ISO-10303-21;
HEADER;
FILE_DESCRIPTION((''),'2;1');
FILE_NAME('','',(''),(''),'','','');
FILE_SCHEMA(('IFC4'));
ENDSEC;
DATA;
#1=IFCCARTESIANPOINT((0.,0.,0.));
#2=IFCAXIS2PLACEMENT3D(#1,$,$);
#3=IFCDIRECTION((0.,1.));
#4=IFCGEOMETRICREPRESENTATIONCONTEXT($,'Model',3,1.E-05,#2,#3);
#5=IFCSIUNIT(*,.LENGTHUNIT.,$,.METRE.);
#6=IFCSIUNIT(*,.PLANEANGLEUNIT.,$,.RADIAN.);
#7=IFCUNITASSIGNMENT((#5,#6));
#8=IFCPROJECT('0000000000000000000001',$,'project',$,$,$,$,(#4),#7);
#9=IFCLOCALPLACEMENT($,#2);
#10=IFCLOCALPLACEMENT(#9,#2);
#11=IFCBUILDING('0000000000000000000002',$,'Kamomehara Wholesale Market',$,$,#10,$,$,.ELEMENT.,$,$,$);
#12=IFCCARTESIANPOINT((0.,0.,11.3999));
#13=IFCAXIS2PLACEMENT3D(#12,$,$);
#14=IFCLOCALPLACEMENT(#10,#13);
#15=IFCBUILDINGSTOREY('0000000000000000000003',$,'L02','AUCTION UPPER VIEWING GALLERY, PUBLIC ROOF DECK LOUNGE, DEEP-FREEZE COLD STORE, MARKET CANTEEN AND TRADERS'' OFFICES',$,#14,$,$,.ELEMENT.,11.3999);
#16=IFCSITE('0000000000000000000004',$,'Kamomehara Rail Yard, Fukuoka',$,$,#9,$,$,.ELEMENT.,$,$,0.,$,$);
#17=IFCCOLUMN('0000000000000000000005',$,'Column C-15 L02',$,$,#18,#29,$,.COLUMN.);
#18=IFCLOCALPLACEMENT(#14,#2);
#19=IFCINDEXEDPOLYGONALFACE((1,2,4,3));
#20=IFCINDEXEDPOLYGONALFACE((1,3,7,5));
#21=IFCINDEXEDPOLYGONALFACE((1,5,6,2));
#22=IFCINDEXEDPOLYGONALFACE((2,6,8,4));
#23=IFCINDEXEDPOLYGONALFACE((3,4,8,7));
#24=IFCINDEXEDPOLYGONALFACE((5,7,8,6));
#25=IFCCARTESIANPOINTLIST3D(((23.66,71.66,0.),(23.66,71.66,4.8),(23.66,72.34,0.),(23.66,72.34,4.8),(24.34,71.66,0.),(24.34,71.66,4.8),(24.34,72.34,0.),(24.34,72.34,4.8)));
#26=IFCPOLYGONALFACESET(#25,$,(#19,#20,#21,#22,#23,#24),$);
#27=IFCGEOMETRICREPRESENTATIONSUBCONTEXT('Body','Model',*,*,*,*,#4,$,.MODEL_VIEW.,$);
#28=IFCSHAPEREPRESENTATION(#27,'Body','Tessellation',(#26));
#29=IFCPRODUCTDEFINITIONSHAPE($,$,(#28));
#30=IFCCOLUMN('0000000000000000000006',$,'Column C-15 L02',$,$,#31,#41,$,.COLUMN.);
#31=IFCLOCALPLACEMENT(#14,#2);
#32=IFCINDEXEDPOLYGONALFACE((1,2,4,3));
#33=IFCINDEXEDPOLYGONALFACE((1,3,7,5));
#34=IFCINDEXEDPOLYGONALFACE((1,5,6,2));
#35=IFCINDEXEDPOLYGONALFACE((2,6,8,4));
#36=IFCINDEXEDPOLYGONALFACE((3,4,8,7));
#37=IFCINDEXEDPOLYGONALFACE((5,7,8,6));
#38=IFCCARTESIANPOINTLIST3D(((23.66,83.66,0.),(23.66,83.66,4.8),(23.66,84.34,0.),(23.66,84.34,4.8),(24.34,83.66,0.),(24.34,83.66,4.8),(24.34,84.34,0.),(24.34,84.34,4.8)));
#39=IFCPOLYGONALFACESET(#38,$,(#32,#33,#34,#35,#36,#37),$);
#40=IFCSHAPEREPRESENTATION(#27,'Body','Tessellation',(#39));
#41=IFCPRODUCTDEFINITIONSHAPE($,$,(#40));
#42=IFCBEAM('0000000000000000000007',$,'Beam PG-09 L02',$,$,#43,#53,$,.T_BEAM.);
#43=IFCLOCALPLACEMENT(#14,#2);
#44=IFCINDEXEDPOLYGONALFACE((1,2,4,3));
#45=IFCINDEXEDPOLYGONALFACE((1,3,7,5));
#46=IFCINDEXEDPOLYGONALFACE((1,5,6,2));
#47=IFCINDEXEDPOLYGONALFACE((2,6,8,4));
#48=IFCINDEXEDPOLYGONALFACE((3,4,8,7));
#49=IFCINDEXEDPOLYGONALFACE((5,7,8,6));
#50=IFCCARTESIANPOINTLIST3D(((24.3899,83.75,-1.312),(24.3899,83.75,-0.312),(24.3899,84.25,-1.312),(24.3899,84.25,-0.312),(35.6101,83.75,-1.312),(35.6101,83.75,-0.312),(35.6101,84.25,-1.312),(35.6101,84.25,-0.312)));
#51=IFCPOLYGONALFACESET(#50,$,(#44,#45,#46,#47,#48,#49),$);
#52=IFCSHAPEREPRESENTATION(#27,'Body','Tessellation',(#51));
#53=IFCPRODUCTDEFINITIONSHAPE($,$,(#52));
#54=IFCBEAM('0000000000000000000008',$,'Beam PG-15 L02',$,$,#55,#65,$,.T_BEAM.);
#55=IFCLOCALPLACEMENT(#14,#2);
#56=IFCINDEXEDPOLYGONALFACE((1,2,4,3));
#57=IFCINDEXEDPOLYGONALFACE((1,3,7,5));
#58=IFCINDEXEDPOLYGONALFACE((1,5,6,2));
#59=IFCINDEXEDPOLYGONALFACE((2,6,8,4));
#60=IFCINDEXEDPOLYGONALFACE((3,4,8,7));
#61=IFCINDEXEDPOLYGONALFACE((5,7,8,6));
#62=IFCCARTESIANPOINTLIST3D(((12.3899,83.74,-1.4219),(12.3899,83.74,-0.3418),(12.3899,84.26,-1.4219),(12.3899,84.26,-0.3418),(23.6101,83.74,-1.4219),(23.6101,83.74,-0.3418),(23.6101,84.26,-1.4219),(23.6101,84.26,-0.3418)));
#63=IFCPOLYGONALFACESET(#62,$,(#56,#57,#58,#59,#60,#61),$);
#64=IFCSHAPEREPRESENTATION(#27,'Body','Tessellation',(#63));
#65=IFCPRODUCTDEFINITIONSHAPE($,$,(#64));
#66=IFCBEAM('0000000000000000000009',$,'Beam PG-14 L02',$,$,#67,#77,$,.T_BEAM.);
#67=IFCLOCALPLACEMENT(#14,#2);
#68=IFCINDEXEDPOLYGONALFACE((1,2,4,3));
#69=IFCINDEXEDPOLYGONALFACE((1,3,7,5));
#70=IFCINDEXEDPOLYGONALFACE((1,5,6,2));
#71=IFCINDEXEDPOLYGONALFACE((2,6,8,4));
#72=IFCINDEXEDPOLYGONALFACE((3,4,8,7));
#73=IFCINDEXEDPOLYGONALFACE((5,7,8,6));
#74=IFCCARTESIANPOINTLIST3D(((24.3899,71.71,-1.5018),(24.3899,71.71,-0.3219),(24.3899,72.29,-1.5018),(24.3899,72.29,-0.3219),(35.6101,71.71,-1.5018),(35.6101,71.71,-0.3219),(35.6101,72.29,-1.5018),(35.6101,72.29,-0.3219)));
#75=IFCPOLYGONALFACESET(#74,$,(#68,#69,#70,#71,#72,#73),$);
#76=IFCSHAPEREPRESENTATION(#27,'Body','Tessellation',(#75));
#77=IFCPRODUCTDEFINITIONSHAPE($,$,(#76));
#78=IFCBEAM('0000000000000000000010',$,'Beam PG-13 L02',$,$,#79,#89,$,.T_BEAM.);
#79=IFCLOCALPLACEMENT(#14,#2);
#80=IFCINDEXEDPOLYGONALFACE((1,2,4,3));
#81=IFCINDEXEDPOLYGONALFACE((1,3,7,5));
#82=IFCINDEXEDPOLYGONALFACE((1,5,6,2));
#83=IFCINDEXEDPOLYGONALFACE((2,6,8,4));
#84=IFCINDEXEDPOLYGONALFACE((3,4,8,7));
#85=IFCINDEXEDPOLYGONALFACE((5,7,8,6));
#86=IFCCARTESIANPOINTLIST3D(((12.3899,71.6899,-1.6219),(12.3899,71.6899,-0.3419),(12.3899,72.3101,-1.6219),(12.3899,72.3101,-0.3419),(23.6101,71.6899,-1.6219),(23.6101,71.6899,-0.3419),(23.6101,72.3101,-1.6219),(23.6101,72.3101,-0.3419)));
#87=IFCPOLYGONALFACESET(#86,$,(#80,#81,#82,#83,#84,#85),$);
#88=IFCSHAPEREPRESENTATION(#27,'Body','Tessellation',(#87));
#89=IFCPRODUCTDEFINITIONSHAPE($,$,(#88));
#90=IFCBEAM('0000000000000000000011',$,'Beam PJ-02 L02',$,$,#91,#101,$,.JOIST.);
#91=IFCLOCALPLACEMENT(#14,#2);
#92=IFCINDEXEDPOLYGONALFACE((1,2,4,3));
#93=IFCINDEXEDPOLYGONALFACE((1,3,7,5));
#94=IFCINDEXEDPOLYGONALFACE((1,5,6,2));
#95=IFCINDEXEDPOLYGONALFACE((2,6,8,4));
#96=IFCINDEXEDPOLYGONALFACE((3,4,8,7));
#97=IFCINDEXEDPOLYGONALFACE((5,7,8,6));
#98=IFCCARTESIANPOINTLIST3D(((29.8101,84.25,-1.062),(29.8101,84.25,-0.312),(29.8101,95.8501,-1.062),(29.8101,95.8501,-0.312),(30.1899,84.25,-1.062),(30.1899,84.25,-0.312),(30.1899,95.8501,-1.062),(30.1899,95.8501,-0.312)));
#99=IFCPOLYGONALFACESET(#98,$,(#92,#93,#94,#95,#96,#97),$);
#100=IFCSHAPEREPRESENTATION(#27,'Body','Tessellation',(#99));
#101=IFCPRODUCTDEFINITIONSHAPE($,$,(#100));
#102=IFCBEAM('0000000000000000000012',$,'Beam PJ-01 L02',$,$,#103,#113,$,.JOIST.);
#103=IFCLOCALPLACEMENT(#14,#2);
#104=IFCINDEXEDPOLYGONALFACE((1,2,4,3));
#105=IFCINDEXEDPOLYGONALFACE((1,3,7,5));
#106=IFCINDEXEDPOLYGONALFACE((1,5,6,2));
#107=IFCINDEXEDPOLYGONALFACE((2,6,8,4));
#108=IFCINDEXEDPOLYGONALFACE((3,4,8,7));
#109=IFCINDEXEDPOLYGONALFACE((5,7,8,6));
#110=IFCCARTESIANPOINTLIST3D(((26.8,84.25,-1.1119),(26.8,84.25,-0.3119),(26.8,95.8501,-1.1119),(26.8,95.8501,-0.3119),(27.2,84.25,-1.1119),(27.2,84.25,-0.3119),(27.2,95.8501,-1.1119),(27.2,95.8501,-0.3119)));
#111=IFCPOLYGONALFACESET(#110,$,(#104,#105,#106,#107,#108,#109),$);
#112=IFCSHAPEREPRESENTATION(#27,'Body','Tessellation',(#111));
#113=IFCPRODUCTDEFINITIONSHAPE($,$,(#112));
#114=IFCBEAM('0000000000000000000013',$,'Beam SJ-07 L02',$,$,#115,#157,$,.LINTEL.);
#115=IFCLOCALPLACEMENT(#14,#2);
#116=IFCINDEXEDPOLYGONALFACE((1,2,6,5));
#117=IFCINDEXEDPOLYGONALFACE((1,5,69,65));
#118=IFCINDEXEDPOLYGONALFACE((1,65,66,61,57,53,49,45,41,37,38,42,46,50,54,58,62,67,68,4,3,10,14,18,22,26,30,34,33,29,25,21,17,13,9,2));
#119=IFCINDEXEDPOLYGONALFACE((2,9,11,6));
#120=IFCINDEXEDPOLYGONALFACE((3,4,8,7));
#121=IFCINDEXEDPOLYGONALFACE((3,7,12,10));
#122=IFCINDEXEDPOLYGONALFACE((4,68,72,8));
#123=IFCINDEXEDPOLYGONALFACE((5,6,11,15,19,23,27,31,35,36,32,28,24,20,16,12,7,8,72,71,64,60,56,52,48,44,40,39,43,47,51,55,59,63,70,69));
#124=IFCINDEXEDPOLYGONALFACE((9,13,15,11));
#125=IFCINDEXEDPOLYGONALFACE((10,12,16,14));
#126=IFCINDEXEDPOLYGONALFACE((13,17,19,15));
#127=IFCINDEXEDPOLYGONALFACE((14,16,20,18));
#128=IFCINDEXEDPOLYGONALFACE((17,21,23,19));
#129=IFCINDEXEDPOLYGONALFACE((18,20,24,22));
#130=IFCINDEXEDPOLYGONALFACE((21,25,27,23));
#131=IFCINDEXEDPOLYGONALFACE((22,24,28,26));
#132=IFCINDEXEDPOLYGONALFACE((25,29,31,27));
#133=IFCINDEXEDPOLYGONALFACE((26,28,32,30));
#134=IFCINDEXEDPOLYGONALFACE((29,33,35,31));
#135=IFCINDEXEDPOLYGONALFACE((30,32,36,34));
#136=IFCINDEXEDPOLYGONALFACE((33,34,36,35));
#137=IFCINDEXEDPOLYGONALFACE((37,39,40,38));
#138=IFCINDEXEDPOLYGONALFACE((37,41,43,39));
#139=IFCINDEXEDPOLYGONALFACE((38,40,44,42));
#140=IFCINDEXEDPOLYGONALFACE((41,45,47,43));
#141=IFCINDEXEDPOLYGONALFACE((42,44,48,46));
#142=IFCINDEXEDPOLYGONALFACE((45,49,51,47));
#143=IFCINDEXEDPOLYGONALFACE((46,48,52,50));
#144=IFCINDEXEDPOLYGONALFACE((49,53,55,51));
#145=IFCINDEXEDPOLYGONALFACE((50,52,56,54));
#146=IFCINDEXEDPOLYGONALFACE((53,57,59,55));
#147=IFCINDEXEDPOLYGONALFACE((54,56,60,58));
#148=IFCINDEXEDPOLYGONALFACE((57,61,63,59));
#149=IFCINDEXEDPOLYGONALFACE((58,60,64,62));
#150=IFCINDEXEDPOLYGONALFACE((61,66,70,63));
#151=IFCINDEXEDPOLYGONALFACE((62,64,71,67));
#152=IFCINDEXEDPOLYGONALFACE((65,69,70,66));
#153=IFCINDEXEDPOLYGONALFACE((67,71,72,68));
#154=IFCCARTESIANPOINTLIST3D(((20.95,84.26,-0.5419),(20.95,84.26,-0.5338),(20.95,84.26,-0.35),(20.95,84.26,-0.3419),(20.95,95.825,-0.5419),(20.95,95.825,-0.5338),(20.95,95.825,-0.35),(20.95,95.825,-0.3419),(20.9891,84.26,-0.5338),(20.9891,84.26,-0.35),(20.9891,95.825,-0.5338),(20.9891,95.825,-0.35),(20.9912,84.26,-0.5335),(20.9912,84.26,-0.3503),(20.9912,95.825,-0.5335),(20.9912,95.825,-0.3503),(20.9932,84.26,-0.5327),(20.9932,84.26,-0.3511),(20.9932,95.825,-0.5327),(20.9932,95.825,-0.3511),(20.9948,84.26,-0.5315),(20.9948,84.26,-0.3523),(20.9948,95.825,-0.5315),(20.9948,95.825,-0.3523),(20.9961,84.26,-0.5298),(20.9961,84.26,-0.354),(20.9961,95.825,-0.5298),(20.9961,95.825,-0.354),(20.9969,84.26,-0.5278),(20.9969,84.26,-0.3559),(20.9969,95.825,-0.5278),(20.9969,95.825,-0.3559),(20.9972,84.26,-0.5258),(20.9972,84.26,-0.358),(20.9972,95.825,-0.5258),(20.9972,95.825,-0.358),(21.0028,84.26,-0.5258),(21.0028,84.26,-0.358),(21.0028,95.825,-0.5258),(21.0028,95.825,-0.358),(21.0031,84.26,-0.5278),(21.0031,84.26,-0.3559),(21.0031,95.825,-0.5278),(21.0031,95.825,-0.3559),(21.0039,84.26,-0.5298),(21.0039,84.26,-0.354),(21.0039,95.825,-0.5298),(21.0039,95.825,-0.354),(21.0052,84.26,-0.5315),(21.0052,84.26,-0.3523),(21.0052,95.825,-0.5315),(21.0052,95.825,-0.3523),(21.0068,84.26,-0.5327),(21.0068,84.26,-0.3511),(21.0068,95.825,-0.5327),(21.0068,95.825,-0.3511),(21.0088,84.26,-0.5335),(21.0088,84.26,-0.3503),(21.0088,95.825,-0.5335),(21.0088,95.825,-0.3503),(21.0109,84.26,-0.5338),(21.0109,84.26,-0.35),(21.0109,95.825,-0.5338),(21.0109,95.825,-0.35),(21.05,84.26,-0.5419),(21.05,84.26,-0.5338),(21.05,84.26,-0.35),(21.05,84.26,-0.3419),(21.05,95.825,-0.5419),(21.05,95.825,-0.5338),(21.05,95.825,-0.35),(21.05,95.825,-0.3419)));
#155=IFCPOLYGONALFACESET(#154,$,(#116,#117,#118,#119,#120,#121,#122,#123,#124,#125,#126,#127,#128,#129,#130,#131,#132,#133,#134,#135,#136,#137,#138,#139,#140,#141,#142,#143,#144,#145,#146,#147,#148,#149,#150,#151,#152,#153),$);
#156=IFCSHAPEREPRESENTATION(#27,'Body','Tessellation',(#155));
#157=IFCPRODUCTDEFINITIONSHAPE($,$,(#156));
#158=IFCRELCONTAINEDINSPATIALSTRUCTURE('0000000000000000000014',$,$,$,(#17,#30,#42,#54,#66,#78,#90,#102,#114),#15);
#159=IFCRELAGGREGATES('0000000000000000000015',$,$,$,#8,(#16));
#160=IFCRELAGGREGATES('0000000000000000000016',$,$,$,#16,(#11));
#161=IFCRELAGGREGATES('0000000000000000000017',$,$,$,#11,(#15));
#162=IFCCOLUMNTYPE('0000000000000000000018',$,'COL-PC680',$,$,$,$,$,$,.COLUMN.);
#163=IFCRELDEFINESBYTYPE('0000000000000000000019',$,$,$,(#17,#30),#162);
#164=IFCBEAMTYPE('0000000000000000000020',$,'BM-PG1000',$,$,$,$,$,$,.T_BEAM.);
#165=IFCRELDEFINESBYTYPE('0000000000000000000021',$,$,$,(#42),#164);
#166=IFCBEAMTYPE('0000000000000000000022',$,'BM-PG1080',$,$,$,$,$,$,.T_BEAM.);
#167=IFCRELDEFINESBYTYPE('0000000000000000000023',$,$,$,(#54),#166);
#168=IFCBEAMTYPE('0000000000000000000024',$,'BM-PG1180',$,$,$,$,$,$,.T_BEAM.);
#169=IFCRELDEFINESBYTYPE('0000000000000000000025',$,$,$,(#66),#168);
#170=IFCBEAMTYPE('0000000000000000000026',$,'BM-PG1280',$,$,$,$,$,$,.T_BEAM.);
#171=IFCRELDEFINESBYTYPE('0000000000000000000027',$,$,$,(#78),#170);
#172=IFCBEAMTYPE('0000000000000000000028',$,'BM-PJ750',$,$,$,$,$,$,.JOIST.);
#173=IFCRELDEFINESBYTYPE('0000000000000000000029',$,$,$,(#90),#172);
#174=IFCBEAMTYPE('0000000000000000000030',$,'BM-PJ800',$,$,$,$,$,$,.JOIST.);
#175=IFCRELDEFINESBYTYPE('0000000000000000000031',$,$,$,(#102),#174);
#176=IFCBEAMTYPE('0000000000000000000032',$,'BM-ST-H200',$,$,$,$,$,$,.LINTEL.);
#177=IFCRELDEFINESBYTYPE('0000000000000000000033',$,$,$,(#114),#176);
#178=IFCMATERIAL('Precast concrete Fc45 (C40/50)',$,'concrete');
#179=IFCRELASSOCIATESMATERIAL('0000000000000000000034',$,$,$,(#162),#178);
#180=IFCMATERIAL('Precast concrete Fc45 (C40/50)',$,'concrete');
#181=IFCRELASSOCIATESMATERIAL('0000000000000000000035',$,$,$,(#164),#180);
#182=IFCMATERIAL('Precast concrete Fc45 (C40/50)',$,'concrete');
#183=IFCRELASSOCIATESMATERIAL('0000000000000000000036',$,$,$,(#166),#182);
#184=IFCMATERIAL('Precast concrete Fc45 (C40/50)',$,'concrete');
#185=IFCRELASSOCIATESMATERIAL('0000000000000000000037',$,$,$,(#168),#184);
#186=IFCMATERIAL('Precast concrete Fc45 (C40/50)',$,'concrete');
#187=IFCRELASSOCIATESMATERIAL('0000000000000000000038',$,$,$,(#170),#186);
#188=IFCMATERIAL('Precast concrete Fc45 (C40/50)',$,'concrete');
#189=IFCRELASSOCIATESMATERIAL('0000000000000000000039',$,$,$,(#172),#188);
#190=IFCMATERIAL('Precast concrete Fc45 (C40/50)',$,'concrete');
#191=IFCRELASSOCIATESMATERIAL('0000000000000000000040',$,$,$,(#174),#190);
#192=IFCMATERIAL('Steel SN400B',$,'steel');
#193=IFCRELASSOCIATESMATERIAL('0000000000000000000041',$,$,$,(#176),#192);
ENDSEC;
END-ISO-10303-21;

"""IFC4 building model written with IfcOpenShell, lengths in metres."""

from ifc_helpers import new_model, si_unit, direction, frame, origin, origin_2d, place, context, subcontext, project, spatial, rectangle, i_section, extrude, material, material_profile, profile_set, type_object, element, save


model = new_model("IFC4")

# Units and contexts
model_context = context("Model", 3, precision=1e-05, world=origin(), true_north=direction((0.0, 1.0)))
body_context = subcontext(model_context, "Body", "Model", "MODEL_VIEW")
ifc_project = project(units=[si_unit("LENGTHUNIT", "METRE"), si_unit("PLANEANGLEUNIT", "RADIAN")], contexts=[model_context])

# Site, building, storey
site_placement = place(None, origin())
site = spatial("IfcSite", under=ifc_project, at=site_placement, Name="Kamomehara Rail Yard, Fukuoka", CompositionType="ELEMENT", RefElevation=0.0)
building_placement = place(site_placement, origin())
building = spatial("IfcBuilding", under=site, at=building_placement, Name="Kamomehara Wholesale Market", CompositionType="ELEMENT")
storey_placement = place(building_placement, frame((0.0, 0.0, 11.3999)))
storey = spatial("IfcBuildingStorey", under=building, at=storey_placement, Name="L02", Description="AUCTION UPPER VIEWING GALLERY, PUBLIC ROOF DECK LOUNGE, DEEP-FREEZE COLD STORE, MARKET CANTEEN AND TRADERS' OFFICES", CompositionType="ELEMENT", Elevation=11.3999)

# Columns
ifc_material_1 = material(Name="Precast concrete Fc45 (C40/50)", Category="concrete")
ifc_material_profile_1 = material_profile(ifc_material_1, rectangle(XDim=0.6799, YDim=0.6799, at=origin_2d()), Name="PC-COL-680x680")
ifc_profile_set_1 = profile_set([ifc_material_profile_1], Name="Precast concrete Fc45 (C40/50)")
column_type = type_object("IfcColumnType", Name="COL-PC680", PredefinedType="COLUMN", material=ifc_profile_set_1)
for number, where, z_axis, x_axis, name in (
    (1, (24.0, 72.0, 0.0), (0.0, 0.0, 1.0), (1.0, 0.0, 0.0), "Column C-15 L02"),
    (2, (24.0, 84.0, 0.0), (0.0, 0.0, 1.0), (1.0, 0.0, 0.0), "Column C-15 L02"),
):
    element("IfcColumn", number, at=place(storey_placement, frame(where, z_axis=z_axis, x_axis=x_axis)), inside=storey, type_object=column_type, Name=name, PredefinedType="COLUMN", context=body_context, shape_type="SweptSolid", body=[
        extrude(rectangle(XDim=0.6799, YDim=0.6799, at=origin_2d()), origin(), (0.0, 0.0, 1.0), 4.8),
    ])

# Beams
ifc_material_2 = material(Name="Precast concrete Fc45 (C40/50)", Category="concrete")
ifc_material_profile_2 = material_profile(ifc_material_2, rectangle(XDim=0.5, YDim=1.0, at=origin_2d()), Name="PC-GRD-500x1000")
ifc_profile_set_2 = profile_set([ifc_material_profile_2], Name="Precast concrete Fc45 (C40/50)")
beam_type_1 = type_object("IfcBeamType", Name="BM-PG1000", PredefinedType="T_BEAM", material=ifc_profile_set_2)
beam_1_placement = place(storey_placement, frame((24.3899, 84.0, -0.812), z_axis=(1.0, 0.0, 0.0), x_axis=(0.0, 1.0, 0.0)))
element("IfcBeam", 3, at=beam_1_placement, inside=storey, type_object=beam_type_1, Name="Beam PG-09 L02", PredefinedType="T_BEAM", context=body_context, shape_type="SweptSolid", body=[
    extrude(rectangle(XDim=0.5, YDim=1.0, at=origin_2d()), origin(), (0.0, 0.0, 1.0), 11.2202),
])
ifc_material_3 = material(Name="Precast concrete Fc45 (C40/50)", Category="concrete")
ifc_material_profile_3 = material_profile(ifc_material_3, rectangle(XDim=0.52, YDim=1.0801, at=origin_2d()), Name="PC-GRD-520x1080")
ifc_profile_set_3 = profile_set([ifc_material_profile_3], Name="Precast concrete Fc45 (C40/50)")
beam_type_2 = type_object("IfcBeamType", Name="BM-PG1080", PredefinedType="T_BEAM", material=ifc_profile_set_3)
beam_2_placement = place(storey_placement, frame((12.3899, 84.0, -0.8818), z_axis=(1.0, 0.0, 0.0), x_axis=(0.0, 1.0, 0.0)))
element("IfcBeam", 4, at=beam_2_placement, inside=storey, type_object=beam_type_2, Name="Beam PG-15 L02", PredefinedType="T_BEAM", context=body_context, shape_type="SweptSolid", body=[
    extrude(rectangle(XDim=0.52, YDim=1.0801, at=origin_2d()), origin(), (0.0, 0.0, 1.0), 11.2202),
])
ifc_material_4 = material(Name="Precast concrete Fc45 (C40/50)", Category="concrete")
ifc_material_profile_4 = material_profile(ifc_material_4, rectangle(XDim=0.5801, YDim=1.1799, at=origin_2d()), Name="PC-GRD-580x1180")
ifc_profile_set_4 = profile_set([ifc_material_profile_4], Name="Precast concrete Fc45 (C40/50)")
beam_type_3 = type_object("IfcBeamType", Name="BM-PG1180", PredefinedType="T_BEAM", material=ifc_profile_set_4)
beam_3_placement = place(storey_placement, frame((24.3899, 72.0, -0.9119), z_axis=(1.0, 0.0, 0.0), x_axis=(0.0, 1.0, 0.0)))
element("IfcBeam", 5, at=beam_3_placement, inside=storey, type_object=beam_type_3, Name="Beam PG-14 L02", PredefinedType="T_BEAM", context=body_context, shape_type="SweptSolid", body=[
    extrude(rectangle(XDim=0.5801, YDim=1.1799, at=origin_2d()), origin(), (0.0, 0.0, 1.0), 11.2202),
])
ifc_material_5 = material(Name="Precast concrete Fc45 (C40/50)", Category="concrete")
ifc_material_profile_5 = material_profile(ifc_material_5, rectangle(XDim=0.6201, YDim=1.28, at=origin_2d()), Name="PC-GRD-620x1280")
ifc_profile_set_5 = profile_set([ifc_material_profile_5], Name="Precast concrete Fc45 (C40/50)")
beam_type_4 = type_object("IfcBeamType", Name="BM-PG1280", PredefinedType="T_BEAM", material=ifc_profile_set_5)
beam_4_placement = place(storey_placement, frame((12.3899, 72.0, -0.9819), z_axis=(1.0, 0.0, 0.0), x_axis=(0.0, 1.0, 0.0)))
element("IfcBeam", 6, at=beam_4_placement, inside=storey, type_object=beam_type_4, Name="Beam PG-13 L02", PredefinedType="T_BEAM", context=body_context, shape_type="SweptSolid", body=[
    extrude(rectangle(XDim=0.6201, YDim=1.28, at=origin_2d()), origin(), (0.0, 0.0, 1.0), 11.2202),
])
ifc_material_6 = material(Name="Precast concrete Fc45 (C40/50)", Category="concrete")
ifc_material_profile_6 = material_profile(ifc_material_6, rectangle(XDim=0.3799, YDim=0.75, at=origin_2d()), Name="PC-JST-380x750")
ifc_profile_set_6 = profile_set([ifc_material_profile_6], Name="Precast concrete Fc45 (C40/50)")
beam_type_5 = type_object("IfcBeamType", Name="BM-PJ750", PredefinedType="JOIST", material=ifc_profile_set_6)
beam_5_placement = place(storey_placement, frame((30.0, 84.25, -0.687), z_axis=(0.0, 1.0, 0.0), x_axis=(-1.0, 0.0, 0.0)))
element("IfcBeam", 7, at=beam_5_placement, inside=storey, type_object=beam_type_5, Name="Beam PJ-02 L02", PredefinedType="JOIST", context=body_context, shape_type="SweptSolid", body=[
    extrude(rectangle(XDim=0.3799, YDim=0.75, at=origin_2d()), origin(), (0.0, 0.0, 1.0), 11.6001),
])
ifc_material_7 = material(Name="Precast concrete Fc45 (C40/50)", Category="concrete")
ifc_material_profile_7 = material_profile(ifc_material_7, rectangle(XDim=0.3999, YDim=0.8, at=origin_2d()), Name="PC-JST-400x800")
ifc_profile_set_7 = profile_set([ifc_material_profile_7], Name="Precast concrete Fc45 (C40/50)")
beam_type_6 = type_object("IfcBeamType", Name="BM-PJ800", PredefinedType="JOIST", material=ifc_profile_set_7)
beam_6_placement = place(storey_placement, frame((27.0, 84.25, -0.7119), z_axis=(0.0, 1.0, 0.0), x_axis=(-1.0, 0.0, 0.0)))
element("IfcBeam", 8, at=beam_6_placement, inside=storey, type_object=beam_type_6, Name="Beam PJ-01 L02", PredefinedType="JOIST", context=body_context, shape_type="SweptSolid", body=[
    extrude(rectangle(XDim=0.3999, YDim=0.8, at=origin_2d()), origin(), (0.0, 0.0, 1.0), 11.6001),
])
ifc_material_8 = material(Name="Steel SN400B", Category="steel")
ifc_material_profile_8 = material_profile(ifc_material_8, i_section(OverallWidth=0.1001, OverallDepth=0.2, WebThickness=0.0056, FlangeThickness=0.0081, FilletRadius=0.0081, at=origin_2d()), Name="H-200x100x5.5x8")
ifc_profile_set_8 = profile_set([ifc_material_profile_8], Name="Steel SN400B")
beam_type_7 = type_object("IfcBeamType", Name="BM-ST-H200", PredefinedType="LINTEL", material=ifc_profile_set_8)
beam_7_placement = place(storey_placement, frame((21.0, 84.26, -0.4419), z_axis=(0.0, 1.0, 0.0), x_axis=(-1.0, 0.0, 0.0)))
element("IfcBeam", 9, at=beam_7_placement, inside=storey, type_object=beam_type_7, Name="Beam SJ-07 L02", PredefinedType="LINTEL", context=body_context, shape_type="SweptSolid", body=[
    extrude(i_section(OverallWidth=0.1001, OverallDepth=0.2, WebThickness=0.0056, FlangeThickness=0.0081, FilletRadius=0.0081, at=origin_2d()), origin(), (0.0, 0.0, 1.0), 11.5649),
])

save(model, "model.ifc")
